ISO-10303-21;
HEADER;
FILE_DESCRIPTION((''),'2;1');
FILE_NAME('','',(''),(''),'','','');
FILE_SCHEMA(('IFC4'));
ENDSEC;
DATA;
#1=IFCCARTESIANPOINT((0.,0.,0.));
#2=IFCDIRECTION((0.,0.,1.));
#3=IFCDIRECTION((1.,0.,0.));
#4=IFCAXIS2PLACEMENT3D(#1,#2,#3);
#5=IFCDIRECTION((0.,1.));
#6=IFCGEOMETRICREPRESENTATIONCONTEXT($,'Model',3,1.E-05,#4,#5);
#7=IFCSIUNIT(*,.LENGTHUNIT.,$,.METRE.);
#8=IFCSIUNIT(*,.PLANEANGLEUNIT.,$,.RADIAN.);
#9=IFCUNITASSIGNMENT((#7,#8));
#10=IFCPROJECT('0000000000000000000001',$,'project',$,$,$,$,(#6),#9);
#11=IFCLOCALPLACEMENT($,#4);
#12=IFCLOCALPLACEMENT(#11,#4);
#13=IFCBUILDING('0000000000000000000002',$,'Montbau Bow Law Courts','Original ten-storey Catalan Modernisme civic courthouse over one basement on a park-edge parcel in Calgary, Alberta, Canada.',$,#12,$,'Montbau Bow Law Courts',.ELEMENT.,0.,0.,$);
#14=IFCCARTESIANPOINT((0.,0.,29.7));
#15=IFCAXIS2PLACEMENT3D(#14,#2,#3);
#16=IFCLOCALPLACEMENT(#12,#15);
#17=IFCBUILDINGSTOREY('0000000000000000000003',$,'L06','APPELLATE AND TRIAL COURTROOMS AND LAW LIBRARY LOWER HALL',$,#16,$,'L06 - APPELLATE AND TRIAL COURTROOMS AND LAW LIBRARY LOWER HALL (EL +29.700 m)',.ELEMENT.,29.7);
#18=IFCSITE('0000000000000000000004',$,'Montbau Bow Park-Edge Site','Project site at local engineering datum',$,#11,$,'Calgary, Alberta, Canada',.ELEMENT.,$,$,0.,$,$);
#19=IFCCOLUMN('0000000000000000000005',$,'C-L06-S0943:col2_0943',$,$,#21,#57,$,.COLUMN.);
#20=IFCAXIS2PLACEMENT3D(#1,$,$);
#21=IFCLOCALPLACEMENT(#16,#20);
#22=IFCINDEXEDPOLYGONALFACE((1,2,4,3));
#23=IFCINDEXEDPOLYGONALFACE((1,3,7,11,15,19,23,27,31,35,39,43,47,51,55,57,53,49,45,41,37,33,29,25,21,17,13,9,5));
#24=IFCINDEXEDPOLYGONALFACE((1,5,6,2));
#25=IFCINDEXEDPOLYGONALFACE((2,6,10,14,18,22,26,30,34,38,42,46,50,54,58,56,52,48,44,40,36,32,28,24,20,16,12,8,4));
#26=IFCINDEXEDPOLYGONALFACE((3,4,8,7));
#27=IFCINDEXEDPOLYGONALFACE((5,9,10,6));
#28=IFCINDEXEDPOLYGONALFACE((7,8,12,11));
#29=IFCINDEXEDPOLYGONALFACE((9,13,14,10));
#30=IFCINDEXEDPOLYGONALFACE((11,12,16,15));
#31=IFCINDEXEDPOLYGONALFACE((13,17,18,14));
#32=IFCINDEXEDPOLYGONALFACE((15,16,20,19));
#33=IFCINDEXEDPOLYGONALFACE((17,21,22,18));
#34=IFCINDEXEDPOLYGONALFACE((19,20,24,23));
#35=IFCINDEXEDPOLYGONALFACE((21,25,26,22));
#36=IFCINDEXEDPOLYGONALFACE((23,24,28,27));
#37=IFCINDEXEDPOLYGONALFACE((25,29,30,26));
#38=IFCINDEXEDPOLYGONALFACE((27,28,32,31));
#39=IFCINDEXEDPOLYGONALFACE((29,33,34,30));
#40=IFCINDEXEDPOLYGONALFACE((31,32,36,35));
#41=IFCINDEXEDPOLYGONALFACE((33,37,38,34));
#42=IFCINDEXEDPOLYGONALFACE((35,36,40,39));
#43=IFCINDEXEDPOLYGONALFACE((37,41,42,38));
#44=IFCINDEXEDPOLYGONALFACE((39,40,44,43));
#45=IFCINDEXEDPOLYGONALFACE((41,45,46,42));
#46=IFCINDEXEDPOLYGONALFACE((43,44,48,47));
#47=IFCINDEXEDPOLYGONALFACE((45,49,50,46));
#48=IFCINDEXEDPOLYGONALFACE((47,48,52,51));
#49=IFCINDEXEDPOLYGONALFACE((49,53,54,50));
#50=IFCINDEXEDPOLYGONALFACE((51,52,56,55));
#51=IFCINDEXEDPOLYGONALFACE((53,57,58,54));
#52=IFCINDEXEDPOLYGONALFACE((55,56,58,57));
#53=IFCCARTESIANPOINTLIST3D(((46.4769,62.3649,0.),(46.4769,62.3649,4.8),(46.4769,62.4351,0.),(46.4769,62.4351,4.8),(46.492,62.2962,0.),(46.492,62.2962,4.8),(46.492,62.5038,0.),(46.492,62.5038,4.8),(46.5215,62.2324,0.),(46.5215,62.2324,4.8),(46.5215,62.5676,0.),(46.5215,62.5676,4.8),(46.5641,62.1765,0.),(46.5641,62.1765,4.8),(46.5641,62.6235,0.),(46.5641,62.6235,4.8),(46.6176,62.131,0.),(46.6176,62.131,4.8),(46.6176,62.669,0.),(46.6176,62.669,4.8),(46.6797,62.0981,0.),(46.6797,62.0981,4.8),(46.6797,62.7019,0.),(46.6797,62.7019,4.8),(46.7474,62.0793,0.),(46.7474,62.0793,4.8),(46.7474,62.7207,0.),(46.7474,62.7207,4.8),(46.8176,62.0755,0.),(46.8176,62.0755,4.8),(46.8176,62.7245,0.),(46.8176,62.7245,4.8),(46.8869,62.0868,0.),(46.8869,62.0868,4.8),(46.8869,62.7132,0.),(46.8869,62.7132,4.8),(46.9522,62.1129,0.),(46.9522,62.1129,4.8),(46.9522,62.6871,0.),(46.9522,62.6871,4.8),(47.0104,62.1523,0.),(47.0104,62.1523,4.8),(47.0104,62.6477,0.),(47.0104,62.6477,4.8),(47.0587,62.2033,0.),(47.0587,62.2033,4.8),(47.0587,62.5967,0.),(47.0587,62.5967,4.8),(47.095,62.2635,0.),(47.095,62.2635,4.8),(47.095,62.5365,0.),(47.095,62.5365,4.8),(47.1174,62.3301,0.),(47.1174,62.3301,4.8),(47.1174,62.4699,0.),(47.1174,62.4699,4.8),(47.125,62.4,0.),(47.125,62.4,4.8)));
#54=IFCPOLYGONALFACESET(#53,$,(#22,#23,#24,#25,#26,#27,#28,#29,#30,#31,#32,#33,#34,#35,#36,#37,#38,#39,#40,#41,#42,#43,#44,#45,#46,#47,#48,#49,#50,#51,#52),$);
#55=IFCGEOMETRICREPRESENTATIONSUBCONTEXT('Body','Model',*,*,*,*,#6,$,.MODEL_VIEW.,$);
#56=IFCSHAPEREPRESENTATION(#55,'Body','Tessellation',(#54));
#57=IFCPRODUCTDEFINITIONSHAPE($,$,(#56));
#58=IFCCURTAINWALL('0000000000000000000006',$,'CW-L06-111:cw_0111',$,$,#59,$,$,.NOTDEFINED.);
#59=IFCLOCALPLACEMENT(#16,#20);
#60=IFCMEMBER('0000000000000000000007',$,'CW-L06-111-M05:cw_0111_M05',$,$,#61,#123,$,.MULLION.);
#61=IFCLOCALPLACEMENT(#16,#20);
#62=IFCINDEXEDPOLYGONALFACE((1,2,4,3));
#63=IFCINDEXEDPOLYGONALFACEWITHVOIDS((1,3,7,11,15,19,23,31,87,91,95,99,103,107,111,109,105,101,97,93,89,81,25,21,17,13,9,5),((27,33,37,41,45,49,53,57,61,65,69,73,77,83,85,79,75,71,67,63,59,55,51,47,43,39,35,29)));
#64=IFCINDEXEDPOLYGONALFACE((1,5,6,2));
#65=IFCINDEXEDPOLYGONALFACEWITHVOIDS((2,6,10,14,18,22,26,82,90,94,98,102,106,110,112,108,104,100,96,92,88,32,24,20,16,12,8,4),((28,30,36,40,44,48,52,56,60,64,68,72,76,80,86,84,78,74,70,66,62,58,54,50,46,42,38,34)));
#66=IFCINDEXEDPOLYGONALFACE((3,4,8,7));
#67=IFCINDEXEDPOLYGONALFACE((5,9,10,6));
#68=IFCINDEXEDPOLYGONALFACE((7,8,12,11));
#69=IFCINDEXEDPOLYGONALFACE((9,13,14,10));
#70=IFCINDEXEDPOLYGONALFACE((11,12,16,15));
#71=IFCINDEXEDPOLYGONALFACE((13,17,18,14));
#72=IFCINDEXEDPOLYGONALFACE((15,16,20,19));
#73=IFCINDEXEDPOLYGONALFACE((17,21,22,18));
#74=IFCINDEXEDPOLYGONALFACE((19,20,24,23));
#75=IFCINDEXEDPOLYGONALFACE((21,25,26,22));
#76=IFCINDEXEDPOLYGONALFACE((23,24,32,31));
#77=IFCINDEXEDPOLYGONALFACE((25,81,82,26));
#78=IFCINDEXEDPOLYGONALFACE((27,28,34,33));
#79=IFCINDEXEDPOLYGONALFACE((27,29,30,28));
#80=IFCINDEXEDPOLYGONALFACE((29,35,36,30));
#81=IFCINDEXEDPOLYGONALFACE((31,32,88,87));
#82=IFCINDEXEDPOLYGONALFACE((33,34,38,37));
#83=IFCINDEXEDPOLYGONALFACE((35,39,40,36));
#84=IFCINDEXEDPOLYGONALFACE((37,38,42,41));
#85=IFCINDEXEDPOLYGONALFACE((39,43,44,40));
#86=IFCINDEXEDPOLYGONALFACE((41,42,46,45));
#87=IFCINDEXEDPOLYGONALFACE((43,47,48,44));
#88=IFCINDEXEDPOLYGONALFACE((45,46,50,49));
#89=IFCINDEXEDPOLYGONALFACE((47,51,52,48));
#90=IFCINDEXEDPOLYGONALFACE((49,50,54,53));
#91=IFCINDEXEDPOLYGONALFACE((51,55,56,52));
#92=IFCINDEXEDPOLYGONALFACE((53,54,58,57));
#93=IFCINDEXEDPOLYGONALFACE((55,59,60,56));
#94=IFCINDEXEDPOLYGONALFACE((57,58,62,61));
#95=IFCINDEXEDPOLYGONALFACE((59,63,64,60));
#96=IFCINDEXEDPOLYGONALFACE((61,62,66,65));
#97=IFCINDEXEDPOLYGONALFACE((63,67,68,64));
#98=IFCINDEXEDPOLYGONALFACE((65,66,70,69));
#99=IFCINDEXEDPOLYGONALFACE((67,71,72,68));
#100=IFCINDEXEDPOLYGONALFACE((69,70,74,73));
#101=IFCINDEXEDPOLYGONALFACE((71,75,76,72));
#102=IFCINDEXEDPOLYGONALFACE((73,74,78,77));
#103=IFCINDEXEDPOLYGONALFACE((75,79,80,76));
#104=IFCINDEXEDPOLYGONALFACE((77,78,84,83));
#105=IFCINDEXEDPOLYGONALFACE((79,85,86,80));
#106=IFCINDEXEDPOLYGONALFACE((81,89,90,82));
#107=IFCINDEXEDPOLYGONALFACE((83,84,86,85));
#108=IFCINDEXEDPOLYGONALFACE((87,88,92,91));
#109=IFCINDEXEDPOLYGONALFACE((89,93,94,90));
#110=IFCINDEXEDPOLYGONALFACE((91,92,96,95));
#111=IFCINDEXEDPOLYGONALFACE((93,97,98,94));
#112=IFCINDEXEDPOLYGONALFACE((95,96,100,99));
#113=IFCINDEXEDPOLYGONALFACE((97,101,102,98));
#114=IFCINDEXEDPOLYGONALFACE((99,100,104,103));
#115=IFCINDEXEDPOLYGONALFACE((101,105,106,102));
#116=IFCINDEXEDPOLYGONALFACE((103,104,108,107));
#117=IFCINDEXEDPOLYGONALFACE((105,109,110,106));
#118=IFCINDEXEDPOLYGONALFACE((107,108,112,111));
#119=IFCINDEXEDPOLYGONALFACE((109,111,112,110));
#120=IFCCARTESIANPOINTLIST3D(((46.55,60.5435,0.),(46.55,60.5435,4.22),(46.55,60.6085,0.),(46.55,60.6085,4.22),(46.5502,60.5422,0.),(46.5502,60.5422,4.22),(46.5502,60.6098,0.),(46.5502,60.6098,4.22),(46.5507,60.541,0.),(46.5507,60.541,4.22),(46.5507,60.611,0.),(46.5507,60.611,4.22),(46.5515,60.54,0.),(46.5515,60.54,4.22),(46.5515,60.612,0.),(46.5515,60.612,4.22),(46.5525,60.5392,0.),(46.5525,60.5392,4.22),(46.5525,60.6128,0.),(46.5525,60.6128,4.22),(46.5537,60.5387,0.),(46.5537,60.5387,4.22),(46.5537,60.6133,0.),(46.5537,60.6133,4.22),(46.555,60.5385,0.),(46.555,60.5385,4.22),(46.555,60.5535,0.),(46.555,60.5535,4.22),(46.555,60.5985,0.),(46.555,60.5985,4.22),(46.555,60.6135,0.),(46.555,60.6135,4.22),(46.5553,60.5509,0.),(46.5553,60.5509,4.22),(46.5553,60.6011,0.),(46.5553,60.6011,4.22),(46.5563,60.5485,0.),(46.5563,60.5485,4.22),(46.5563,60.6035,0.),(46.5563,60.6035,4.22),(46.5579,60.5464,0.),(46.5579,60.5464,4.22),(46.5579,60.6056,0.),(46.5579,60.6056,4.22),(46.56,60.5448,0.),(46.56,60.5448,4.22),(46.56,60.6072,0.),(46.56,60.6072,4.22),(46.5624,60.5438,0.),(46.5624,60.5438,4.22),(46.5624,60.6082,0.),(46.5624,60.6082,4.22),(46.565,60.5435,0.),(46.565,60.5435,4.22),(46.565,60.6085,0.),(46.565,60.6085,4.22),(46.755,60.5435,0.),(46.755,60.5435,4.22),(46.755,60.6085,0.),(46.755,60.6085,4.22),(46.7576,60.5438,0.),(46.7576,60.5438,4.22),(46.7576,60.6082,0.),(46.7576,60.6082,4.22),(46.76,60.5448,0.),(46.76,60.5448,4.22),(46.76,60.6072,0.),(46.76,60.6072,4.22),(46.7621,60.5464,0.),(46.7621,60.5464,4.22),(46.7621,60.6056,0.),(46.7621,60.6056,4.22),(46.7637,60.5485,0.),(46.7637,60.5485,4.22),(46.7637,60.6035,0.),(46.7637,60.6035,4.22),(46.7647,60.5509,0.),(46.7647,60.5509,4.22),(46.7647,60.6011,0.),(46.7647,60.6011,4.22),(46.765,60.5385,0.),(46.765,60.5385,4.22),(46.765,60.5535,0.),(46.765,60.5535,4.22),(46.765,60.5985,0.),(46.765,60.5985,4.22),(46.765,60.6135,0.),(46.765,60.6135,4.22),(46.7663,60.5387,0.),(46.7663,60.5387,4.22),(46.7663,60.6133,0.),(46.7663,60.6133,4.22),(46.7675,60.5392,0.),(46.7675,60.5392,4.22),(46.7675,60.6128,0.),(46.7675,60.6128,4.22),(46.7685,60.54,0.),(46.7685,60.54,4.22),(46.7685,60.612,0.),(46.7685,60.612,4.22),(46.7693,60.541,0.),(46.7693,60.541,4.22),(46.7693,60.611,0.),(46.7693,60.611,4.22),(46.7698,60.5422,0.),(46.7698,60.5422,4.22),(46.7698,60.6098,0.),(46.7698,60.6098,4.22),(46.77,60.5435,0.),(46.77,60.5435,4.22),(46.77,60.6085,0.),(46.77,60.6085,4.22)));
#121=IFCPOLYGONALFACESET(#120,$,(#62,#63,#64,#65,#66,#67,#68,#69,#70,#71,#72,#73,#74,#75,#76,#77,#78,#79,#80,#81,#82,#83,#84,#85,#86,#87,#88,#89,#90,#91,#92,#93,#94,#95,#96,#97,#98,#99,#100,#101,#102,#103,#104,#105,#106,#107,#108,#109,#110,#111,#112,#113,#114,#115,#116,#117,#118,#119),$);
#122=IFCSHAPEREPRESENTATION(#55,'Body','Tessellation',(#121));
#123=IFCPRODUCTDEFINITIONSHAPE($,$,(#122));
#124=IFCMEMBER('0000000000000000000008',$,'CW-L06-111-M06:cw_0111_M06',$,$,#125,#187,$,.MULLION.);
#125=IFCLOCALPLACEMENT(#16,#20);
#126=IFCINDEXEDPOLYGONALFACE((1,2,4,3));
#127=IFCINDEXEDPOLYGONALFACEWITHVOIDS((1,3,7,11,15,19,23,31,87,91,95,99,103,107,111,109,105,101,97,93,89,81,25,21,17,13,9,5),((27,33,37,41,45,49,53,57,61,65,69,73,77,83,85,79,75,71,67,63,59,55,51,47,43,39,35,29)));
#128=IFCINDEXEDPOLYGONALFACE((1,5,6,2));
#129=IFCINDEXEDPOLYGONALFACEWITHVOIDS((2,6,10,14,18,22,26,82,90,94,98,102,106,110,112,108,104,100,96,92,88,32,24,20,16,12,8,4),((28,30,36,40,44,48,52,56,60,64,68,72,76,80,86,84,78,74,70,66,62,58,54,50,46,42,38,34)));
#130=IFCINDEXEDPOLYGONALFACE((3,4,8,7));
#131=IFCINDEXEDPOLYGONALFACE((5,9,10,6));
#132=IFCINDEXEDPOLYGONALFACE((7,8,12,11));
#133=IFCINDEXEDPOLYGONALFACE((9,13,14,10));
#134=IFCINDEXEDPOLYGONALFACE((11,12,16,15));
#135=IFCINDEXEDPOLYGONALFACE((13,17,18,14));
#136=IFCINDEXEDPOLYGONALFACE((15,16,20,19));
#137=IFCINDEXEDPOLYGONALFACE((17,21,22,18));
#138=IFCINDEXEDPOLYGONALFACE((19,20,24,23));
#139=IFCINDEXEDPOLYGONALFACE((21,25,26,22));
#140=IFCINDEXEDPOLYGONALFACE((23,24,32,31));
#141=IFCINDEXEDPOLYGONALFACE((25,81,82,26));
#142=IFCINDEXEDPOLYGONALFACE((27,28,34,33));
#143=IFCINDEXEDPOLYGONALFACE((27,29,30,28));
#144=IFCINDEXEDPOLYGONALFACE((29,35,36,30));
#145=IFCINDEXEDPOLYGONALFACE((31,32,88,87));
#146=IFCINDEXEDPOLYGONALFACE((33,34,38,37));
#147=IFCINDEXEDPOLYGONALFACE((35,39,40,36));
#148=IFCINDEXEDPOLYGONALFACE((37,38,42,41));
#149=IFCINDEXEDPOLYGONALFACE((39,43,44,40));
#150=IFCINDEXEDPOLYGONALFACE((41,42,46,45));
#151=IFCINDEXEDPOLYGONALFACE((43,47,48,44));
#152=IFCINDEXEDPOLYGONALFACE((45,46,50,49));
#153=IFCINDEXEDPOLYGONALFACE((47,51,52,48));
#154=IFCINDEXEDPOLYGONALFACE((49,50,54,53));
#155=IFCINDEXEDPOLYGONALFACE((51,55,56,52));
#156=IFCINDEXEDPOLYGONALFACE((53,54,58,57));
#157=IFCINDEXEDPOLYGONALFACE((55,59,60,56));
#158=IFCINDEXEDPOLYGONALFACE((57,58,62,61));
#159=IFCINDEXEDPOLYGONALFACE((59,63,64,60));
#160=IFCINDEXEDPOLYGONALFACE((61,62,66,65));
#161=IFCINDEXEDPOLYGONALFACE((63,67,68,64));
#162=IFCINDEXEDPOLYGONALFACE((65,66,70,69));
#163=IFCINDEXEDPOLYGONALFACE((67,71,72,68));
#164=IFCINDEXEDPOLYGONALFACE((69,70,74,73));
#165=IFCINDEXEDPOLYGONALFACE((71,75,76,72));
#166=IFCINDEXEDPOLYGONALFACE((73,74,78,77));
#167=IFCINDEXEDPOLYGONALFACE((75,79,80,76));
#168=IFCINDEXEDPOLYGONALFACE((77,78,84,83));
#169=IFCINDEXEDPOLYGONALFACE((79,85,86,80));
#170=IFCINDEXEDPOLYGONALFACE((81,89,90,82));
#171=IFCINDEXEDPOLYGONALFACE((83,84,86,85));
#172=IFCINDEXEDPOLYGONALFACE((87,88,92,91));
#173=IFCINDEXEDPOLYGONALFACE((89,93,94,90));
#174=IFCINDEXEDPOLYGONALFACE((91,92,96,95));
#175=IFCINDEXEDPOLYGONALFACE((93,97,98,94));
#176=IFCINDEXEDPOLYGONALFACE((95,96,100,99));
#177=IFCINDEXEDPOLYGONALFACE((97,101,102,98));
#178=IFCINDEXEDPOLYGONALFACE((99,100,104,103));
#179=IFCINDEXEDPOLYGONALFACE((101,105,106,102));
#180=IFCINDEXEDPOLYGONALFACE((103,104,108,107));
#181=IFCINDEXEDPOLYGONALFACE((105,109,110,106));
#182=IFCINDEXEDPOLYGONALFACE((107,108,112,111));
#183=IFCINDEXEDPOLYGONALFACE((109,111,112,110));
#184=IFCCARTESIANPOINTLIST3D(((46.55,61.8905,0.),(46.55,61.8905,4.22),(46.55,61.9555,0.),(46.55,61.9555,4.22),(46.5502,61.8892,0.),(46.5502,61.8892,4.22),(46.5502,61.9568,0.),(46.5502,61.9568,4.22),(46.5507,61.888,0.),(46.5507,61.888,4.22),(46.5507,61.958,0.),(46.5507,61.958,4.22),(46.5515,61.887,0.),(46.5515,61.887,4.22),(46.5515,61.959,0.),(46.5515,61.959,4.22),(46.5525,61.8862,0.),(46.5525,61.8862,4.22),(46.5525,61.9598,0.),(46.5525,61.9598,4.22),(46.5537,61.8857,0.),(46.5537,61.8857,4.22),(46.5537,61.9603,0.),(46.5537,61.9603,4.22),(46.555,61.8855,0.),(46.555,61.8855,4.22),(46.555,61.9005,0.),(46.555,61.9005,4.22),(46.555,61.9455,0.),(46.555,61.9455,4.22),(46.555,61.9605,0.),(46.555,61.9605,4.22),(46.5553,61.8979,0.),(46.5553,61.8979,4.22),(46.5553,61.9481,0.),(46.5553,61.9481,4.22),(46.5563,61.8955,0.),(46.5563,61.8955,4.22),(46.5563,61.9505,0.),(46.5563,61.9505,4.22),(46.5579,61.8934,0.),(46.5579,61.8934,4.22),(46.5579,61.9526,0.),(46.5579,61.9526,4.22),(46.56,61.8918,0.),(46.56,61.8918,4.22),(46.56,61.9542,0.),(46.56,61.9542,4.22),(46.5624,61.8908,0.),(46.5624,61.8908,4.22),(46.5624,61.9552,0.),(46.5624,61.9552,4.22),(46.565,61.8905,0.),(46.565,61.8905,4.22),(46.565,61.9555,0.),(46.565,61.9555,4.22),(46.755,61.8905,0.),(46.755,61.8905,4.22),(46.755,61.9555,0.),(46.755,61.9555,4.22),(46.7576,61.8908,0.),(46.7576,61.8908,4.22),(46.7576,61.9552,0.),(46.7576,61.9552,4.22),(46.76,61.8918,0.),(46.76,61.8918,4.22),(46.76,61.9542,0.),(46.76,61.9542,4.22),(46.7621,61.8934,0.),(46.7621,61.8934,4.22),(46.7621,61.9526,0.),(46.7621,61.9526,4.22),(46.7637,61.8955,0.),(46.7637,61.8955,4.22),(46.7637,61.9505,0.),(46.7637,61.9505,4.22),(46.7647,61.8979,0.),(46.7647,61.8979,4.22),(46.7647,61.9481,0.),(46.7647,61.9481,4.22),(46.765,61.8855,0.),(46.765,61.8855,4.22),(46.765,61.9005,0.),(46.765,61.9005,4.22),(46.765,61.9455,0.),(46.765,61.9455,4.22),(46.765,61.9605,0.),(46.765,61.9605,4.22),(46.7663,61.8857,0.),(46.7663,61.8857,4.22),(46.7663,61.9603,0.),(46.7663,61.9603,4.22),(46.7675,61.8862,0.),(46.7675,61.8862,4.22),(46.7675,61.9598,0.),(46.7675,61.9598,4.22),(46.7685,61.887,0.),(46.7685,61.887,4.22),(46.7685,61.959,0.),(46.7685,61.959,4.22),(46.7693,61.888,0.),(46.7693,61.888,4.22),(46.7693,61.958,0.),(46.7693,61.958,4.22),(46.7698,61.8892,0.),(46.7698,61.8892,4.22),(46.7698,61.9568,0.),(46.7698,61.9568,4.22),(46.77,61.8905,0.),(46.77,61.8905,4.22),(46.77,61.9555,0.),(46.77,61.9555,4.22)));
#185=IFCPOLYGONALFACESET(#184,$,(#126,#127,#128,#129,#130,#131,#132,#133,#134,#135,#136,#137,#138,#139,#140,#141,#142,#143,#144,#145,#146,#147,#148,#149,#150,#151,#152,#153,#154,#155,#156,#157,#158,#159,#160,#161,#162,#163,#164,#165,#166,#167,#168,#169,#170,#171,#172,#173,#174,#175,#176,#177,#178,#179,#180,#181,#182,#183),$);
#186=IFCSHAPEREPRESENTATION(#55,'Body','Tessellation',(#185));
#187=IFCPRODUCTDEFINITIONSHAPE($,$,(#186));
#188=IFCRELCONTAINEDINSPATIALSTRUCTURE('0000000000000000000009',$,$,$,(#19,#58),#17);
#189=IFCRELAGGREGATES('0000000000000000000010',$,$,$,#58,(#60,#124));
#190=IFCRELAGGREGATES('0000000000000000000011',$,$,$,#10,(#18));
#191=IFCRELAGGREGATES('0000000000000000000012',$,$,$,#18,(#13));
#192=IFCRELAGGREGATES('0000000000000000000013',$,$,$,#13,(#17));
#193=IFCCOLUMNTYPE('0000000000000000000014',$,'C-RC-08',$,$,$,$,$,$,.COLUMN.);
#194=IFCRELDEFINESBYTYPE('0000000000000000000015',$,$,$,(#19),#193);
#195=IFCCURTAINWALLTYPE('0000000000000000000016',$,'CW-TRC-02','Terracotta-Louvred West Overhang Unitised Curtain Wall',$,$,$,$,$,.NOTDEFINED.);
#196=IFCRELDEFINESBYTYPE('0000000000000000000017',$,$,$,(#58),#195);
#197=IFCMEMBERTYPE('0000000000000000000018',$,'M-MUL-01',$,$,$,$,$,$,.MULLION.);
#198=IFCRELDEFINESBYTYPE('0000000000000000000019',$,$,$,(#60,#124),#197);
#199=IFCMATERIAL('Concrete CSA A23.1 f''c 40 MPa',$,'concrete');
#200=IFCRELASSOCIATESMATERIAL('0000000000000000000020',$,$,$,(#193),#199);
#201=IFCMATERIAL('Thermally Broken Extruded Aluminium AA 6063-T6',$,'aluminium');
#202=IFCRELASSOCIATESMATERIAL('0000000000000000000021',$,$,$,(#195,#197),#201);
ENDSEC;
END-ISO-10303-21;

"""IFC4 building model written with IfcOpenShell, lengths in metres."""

from ifc_helpers import new_model, si_unit, direction, frame, origin_with_axes, origin_2d_with_axis, place, context, subcontext, project, spatial, hollow_rectangle, circle, extrude, material, material_profile, profile_set, type_object, element, aggregate, save


model = new_model("IFC4")

# Units and contexts
model_context = context("Model", 3, precision=1e-05, world=origin_with_axes(), true_north=direction((0.0, 1.0)))
body_context = subcontext(model_context, "Body", "Model", "MODEL_VIEW")
ifc_project = project(units=[si_unit("LENGTHUNIT", "METRE"), si_unit("PLANEANGLEUNIT", "RADIAN")], contexts=[model_context])

# Site, building, storey
site_placement = place(None, origin_with_axes())
site = spatial("IfcSite", under=ifc_project, at=site_placement, Name="Montbau Bow Park-Edge Site", Description="Project site at local engineering datum", LongName="Calgary, Alberta, Canada", CompositionType="ELEMENT", RefElevation=0.0)
building_placement = place(site_placement, origin_with_axes())
building = spatial("IfcBuilding", under=site, at=building_placement, Name="Montbau Bow Law Courts", Description="Original ten-storey Catalan Modernisme civic courthouse over one basement on a park-edge parcel in Calgary, Alberta, Canada.", LongName="Montbau Bow Law Courts", CompositionType="ELEMENT", ElevationOfRefHeight=0.0, ElevationOfTerrain=0.0)
storey_placement = place(building_placement, frame((0.0, 0.0, 29.7), z_axis=(0.0, 0.0, 1.0), x_axis=(1.0, 0.0, 0.0)))
storey = spatial("IfcBuildingStorey", under=building, at=storey_placement, Name="L06", Description="APPELLATE AND TRIAL COURTROOMS AND LAW LIBRARY LOWER HALL", LongName="L06 - APPELLATE AND TRIAL COURTROOMS AND LAW LIBRARY LOWER HALL (EL +29.700 m)", CompositionType="ELEMENT", Elevation=29.7)

# Column
ifc_material_1 = material(Name="Concrete CSA A23.1 f'c 40 MPa", Category="concrete")
ifc_material_profile_1 = material_profile(ifc_material_1, circle(Radius=0.325, at=origin_2d_with_axis()), Name="RC650D", Category="Main", Priority=0)
ifc_profile_set_1 = profile_set([ifc_material_profile_1], Name="Concrete CSA A23.1 f'c 40 MPa")
column_type = type_object("IfcColumnType", Name="C-RC-08", PredefinedType="COLUMN", material=ifc_profile_set_1)
column_placement = place(None, frame((46.8, 62.4, 29.7), z_axis=(0.0, 0.0, 1.0), x_axis=(1.0, 0.0, 0.0)))
element("IfcColumn", 1, at=column_placement, inside=storey, type_object=column_type, Name="C-L06-S0943:col2_0943", PredefinedType="COLUMN", context=body_context, shape_type="SweptSolid", body=[
    extrude(circle(Radius=0.325, at=origin_2d_with_axis()), origin_with_axes(), (0.0, 0.0, 1.0), 4.8),
])

# Curtain wall, members
ifc_material_2 = material(Name="Thermally Broken Extruded Aluminium AA 6063-T6", Category="aluminium")
curtain_wall_type = type_object("IfcCurtainWallType", Name="CW-TRC-02", Description="Terracotta-Louvred West Overhang Unitised Curtain Wall", PredefinedType="NOTDEFINED", material=ifc_material_2)
curtain_wall_placement = place(None, frame((46.66, 55.04, 29.7), z_axis=(0.0, 0.0, 1.0), x_axis=(1.0, 0.0, 0.0)))
curtain_wall = element("IfcCurtainWall", 2, at=curtain_wall_placement, inside=storey, type_object=curtain_wall_type, Name="CW-L06-111:cw_0111", PredefinedType="NOTDEFINED")
ifc_material_profile_2 = material_profile(ifc_material_2, hollow_rectangle(XDim=0.075, YDim=0.22, WallThickness=0.005, InnerFilletRadius=0.01, OuterFilletRadius=0.005, at=origin_2d_with_axis()), Name="CWM-220X75", Category="Main", Priority=0)
ifc_profile_set_2 = profile_set([ifc_material_profile_2], Name="Thermally Broken Extruded Aluminium AA 6063-T6")
member_type_1 = type_object("IfcMemberType", Name="M-MUL-01", PredefinedType="MULLION", material=ifc_profile_set_2)
member_1_placement = place(None, frame((46.66, 60.576, 29.7), z_axis=(0.0, 0.0, 1.0), x_axis=(0.0, 1.0, 0.0)))
member_1 = element("IfcMember", 3, at=member_1_placement, type_object=member_type_1, Name="CW-L06-111-M05:cw_0111_M05", PredefinedType="MULLION", context=body_context, shape_type="SweptSolid", body=[
    extrude(hollow_rectangle(XDim=0.075, YDim=0.22, WallThickness=0.005, InnerFilletRadius=0.01, OuterFilletRadius=0.005, at=origin_2d_with_axis()), origin_with_axes(), (0.0, 0.0, 1.0), 4.22),
])
member_2_placement = place(None, frame((46.66, 61.923, 29.7), z_axis=(0.0, 0.0, 1.0), x_axis=(0.0, 1.0, 0.0)))
member_2 = element("IfcMember", 4, at=member_2_placement, type_object=member_type_1, Name="CW-L06-111-M06:cw_0111_M06", PredefinedType="MULLION", context=body_context, shape_type="SweptSolid", body=[
    extrude(hollow_rectangle(XDim=0.075, YDim=0.22, WallThickness=0.005, InnerFilletRadius=0.01, OuterFilletRadius=0.005, at=origin_2d_with_axis()), origin_with_axes(), (0.0, 0.0, 1.0), 4.22),
])
aggregate(curtain_wall, [member_1, member_2])

save(model, "model.ifc")
